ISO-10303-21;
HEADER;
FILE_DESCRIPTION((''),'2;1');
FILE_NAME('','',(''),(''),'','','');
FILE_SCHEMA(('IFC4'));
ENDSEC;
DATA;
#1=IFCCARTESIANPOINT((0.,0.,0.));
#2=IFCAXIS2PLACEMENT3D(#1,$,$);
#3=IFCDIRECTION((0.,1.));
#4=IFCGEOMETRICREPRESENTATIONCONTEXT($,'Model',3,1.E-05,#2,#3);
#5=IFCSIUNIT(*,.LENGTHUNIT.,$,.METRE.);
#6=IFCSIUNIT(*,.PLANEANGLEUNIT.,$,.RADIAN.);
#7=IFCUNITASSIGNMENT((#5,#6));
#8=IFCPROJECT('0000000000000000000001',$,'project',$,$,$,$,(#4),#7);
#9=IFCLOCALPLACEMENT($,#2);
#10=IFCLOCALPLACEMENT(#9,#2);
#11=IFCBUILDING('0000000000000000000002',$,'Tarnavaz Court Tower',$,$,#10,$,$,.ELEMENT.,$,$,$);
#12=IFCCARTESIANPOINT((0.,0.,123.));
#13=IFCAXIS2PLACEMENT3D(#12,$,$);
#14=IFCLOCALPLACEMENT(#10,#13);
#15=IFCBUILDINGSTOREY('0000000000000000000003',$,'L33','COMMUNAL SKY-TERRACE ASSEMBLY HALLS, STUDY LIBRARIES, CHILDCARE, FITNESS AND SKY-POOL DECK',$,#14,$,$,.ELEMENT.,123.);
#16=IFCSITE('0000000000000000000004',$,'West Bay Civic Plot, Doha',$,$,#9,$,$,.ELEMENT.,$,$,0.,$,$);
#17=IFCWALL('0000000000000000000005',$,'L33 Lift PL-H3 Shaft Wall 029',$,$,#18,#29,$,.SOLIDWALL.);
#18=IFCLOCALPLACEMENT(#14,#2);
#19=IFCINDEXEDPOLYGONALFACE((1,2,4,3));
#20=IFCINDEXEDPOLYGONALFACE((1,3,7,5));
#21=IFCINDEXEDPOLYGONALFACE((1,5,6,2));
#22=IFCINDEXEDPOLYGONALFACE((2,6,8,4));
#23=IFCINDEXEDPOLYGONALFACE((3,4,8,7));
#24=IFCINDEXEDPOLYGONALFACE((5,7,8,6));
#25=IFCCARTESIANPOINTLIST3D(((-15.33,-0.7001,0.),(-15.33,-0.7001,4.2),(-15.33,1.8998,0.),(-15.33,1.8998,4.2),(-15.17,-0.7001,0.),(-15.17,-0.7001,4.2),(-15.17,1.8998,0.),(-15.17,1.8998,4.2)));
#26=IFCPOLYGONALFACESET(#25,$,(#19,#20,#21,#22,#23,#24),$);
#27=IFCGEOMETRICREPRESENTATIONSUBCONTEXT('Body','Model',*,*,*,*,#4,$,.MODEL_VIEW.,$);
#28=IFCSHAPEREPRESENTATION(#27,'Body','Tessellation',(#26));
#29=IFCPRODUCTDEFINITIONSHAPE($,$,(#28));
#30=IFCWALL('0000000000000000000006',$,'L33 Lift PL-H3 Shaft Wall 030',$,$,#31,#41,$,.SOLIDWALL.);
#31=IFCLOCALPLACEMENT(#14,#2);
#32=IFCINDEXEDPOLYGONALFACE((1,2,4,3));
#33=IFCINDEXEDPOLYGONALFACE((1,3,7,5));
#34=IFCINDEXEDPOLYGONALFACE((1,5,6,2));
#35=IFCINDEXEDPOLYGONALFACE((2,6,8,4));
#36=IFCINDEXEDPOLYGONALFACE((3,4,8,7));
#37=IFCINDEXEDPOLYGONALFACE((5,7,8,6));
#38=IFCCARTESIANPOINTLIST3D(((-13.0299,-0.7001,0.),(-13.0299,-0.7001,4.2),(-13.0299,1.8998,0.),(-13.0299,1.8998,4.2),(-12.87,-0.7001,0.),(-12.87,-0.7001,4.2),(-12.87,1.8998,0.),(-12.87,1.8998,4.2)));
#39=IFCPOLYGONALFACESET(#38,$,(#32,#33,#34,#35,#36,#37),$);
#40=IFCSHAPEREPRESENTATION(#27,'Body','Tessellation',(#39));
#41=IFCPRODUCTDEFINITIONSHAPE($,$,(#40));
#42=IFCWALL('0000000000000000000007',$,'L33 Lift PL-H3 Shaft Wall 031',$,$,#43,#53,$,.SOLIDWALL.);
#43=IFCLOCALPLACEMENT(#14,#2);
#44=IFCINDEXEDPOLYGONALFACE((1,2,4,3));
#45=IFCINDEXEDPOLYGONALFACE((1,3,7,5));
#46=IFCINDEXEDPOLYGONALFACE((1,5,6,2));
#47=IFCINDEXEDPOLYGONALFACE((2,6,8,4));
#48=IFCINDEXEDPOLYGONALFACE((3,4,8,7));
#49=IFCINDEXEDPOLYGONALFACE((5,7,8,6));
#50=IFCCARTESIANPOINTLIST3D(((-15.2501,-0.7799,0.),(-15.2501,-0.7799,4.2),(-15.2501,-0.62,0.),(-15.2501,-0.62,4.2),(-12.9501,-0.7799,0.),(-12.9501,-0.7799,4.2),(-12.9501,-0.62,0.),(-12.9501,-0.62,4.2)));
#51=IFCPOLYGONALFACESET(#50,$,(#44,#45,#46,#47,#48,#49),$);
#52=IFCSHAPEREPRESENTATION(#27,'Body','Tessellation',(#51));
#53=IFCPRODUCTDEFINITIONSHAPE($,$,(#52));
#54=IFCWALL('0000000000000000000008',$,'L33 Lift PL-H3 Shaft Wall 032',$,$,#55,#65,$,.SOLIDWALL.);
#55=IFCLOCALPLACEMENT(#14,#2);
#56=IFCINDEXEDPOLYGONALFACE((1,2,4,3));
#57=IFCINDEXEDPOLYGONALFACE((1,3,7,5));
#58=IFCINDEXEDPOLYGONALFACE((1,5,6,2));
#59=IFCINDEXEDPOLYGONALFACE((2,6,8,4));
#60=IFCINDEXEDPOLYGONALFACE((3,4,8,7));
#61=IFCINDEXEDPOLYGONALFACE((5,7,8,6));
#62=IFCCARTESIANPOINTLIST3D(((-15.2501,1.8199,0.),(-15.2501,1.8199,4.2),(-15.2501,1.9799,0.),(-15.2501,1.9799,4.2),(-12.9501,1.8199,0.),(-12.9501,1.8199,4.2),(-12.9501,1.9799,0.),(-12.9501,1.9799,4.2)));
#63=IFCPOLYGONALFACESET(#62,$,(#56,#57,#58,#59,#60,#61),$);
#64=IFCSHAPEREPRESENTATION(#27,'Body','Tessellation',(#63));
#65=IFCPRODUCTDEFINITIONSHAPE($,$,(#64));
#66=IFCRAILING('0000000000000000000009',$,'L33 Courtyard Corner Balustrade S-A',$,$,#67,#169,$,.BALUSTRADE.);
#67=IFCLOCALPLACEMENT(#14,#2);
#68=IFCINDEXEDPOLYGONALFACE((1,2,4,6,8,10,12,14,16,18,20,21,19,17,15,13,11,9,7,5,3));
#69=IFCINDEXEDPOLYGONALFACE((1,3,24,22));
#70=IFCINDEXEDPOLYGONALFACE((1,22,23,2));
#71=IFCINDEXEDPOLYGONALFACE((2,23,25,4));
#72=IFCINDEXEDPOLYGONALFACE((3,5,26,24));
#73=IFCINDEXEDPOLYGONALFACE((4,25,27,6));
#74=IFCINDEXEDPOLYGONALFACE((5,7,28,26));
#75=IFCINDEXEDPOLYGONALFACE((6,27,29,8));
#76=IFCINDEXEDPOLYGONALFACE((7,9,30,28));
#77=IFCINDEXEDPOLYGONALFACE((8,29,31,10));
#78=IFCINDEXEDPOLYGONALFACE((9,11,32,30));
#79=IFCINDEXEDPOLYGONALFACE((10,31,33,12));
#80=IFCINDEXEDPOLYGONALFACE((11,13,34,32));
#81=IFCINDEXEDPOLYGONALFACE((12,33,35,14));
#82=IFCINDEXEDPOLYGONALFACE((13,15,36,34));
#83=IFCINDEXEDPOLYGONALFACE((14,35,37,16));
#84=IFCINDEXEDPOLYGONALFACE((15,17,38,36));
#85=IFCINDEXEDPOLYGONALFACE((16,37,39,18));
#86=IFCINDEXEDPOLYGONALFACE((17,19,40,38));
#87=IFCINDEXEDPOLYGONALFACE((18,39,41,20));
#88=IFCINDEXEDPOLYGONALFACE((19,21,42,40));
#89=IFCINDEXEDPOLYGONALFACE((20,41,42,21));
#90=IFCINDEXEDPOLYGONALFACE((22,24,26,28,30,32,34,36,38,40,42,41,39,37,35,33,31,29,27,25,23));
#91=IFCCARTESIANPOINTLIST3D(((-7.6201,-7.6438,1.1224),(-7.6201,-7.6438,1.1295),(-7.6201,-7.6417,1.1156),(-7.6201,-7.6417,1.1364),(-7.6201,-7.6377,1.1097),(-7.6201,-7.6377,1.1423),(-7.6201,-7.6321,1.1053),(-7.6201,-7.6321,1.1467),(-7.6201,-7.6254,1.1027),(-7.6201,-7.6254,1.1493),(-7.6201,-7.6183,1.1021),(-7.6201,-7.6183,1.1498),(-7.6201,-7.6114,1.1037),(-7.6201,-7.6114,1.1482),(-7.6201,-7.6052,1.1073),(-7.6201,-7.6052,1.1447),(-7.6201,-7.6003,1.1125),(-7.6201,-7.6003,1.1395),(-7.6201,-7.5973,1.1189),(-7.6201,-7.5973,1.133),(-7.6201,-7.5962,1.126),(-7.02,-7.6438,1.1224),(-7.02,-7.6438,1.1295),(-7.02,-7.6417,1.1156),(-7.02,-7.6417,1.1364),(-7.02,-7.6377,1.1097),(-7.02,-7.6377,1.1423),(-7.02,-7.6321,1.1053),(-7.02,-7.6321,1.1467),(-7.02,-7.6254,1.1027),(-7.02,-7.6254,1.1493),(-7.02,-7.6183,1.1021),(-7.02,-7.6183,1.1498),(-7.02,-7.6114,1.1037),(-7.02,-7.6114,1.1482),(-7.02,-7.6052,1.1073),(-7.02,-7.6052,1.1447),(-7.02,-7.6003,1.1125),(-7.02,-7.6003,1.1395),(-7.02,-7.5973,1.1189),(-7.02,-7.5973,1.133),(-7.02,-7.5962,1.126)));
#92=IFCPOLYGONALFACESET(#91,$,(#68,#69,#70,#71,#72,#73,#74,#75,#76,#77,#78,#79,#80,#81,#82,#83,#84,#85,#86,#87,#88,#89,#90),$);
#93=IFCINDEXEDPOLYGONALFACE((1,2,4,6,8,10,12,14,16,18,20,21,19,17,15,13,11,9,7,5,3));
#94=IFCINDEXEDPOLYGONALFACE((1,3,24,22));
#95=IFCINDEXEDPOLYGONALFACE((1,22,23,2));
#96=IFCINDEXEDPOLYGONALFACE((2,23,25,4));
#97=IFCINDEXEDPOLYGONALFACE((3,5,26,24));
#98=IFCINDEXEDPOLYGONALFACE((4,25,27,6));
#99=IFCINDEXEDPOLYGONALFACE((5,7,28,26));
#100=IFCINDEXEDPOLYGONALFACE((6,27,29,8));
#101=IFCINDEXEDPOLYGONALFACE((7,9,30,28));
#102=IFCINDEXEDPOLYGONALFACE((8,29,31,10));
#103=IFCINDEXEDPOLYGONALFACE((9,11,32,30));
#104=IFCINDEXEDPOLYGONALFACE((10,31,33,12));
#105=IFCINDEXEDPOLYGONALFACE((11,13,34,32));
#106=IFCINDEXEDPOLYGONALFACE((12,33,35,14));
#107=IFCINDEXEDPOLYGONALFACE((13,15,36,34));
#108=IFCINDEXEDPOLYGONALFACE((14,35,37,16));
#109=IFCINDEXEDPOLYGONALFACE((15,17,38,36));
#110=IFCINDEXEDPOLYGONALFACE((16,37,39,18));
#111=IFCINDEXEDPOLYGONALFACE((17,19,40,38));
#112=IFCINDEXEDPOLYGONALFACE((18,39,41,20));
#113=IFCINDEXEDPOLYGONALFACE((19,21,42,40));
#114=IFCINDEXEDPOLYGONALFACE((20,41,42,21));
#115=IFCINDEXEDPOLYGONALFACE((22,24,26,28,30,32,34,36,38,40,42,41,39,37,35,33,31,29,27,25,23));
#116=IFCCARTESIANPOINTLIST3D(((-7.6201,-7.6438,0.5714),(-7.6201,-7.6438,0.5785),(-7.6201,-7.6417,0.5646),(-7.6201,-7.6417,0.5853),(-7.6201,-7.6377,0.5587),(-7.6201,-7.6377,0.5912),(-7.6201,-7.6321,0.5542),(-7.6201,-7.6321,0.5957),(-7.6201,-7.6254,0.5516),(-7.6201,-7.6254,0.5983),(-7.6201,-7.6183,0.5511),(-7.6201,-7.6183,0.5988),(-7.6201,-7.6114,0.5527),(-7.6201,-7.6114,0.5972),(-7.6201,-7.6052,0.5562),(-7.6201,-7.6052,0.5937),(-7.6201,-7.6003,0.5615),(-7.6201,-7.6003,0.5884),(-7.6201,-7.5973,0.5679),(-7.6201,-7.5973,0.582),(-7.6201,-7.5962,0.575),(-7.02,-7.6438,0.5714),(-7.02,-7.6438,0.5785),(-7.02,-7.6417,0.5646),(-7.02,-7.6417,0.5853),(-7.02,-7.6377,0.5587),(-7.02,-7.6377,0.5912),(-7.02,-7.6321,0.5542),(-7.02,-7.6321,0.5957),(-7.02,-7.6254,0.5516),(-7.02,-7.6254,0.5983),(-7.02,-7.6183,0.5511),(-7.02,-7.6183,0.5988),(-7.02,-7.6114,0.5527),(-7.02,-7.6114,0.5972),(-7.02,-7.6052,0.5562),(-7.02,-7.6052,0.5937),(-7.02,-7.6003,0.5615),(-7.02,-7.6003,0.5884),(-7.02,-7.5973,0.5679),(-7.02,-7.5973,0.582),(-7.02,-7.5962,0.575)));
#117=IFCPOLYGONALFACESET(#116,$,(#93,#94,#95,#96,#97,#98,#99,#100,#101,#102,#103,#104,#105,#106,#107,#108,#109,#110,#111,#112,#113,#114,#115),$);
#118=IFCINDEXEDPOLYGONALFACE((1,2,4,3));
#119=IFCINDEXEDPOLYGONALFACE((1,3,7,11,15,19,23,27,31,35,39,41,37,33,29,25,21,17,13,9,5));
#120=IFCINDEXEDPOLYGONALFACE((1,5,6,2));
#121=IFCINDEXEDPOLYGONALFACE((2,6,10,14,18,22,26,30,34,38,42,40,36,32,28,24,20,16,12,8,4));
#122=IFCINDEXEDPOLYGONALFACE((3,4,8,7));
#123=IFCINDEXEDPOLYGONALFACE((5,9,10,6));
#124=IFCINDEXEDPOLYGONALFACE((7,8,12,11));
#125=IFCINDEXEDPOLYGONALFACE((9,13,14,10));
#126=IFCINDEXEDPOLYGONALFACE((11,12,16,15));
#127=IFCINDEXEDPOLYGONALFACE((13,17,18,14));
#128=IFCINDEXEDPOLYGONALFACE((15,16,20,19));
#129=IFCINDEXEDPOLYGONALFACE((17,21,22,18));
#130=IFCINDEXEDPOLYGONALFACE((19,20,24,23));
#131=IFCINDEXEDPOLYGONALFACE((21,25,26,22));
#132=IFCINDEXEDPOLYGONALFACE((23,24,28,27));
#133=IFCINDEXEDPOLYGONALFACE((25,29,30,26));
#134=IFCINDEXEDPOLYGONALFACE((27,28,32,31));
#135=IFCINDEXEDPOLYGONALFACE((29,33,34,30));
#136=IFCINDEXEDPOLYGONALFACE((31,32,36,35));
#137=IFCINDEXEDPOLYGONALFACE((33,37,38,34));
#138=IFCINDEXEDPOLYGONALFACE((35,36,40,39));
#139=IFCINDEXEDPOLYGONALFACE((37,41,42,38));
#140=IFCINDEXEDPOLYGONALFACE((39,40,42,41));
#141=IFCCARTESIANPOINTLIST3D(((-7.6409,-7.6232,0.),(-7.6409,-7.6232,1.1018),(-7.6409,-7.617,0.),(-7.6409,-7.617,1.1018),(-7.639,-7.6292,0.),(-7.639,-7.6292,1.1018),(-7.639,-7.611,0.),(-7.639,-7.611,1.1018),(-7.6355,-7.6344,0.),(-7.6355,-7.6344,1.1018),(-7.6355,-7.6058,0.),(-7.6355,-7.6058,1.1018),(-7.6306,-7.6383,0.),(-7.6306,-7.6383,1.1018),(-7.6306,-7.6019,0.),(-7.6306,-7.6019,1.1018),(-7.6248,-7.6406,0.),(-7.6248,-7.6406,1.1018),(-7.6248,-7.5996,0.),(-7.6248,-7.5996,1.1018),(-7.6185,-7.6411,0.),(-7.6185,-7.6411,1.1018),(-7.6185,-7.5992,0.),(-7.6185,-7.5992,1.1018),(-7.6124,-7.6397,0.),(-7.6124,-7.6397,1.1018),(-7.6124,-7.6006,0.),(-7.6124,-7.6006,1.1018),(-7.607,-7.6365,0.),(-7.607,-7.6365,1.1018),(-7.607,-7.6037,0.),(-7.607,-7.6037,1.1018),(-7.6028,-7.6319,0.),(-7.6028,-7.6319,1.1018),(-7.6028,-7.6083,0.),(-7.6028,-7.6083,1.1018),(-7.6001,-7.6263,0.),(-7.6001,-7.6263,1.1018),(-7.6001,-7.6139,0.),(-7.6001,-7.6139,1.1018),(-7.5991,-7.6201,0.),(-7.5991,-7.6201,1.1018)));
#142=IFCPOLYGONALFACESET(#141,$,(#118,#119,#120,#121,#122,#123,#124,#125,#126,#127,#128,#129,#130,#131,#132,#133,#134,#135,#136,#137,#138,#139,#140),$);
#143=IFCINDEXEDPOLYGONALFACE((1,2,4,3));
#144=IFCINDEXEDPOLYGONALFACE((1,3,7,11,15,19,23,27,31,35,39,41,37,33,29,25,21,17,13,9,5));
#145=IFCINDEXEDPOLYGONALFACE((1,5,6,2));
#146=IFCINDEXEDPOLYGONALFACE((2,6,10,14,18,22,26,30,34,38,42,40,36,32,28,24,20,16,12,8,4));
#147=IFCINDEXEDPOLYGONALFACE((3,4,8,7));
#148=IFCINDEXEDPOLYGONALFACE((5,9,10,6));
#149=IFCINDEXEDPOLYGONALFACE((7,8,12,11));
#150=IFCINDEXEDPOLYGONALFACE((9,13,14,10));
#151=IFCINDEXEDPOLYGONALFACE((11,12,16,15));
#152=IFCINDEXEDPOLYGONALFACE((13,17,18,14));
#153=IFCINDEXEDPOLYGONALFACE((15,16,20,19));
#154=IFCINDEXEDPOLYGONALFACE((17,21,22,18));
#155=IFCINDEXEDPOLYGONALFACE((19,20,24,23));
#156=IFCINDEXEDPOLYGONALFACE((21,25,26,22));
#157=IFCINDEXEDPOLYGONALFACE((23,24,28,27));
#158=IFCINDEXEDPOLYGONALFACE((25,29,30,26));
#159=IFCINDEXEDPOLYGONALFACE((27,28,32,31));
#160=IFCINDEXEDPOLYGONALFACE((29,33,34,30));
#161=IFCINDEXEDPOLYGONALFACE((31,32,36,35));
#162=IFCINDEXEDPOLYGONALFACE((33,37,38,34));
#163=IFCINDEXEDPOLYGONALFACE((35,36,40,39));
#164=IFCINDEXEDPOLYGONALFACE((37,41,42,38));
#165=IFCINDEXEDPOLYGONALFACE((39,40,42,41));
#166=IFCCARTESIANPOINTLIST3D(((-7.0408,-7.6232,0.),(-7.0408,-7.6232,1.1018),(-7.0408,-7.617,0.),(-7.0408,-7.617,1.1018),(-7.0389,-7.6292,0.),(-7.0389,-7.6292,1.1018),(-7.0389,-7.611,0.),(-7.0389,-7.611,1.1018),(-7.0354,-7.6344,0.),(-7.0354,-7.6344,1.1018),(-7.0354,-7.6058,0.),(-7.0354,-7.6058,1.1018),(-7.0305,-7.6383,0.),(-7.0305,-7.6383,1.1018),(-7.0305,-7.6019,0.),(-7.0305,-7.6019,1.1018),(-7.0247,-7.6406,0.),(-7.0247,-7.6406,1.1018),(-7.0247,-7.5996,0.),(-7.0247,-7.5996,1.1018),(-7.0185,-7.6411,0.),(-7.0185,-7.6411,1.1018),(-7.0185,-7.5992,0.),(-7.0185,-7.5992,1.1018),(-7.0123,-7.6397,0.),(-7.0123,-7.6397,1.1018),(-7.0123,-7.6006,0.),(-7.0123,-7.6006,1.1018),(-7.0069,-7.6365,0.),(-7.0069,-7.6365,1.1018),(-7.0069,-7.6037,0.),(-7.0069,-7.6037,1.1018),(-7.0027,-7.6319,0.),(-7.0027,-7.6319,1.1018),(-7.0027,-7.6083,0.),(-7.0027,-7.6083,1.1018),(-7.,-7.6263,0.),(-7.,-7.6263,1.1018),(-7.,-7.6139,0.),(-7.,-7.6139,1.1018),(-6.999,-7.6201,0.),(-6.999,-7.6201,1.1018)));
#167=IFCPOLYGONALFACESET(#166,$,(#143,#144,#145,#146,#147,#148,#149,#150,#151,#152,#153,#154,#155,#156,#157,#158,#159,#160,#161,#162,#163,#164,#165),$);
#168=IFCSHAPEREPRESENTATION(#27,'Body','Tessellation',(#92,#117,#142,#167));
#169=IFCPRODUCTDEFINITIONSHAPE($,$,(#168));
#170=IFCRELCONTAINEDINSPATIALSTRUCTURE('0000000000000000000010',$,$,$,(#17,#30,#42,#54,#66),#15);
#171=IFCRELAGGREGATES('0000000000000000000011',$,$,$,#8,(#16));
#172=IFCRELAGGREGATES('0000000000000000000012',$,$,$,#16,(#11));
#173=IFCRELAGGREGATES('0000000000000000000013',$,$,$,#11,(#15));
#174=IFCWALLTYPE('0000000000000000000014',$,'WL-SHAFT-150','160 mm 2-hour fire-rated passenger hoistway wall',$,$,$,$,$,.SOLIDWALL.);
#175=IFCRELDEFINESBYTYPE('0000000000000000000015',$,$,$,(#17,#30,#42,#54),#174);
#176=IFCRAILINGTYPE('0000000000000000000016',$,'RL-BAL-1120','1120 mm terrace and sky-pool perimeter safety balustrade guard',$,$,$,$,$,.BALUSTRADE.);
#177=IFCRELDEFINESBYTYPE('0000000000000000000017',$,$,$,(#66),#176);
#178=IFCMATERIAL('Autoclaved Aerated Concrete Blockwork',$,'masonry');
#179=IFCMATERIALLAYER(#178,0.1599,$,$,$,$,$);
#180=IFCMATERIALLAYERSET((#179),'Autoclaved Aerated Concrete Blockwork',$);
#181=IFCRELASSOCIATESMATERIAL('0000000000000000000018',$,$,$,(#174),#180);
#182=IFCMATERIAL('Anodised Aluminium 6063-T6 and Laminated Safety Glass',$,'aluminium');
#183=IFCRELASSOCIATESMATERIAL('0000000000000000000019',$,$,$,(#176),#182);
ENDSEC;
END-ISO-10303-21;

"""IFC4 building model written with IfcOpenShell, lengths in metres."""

from ifc_helpers import new_model, si_unit, direction, frame, frame_2d, origin, origin_2d, place, context, subcontext, project, spatial, rectangle, circle, extrude, material, layer, layer_set, type_object, element, save


model = new_model("IFC4")

# Units and contexts
model_context = context("Model", 3, precision=1e-05, world=origin(), true_north=direction((0.0, 1.0)))
body_context = subcontext(model_context, "Body", "Model", "MODEL_VIEW")
ifc_project = project(units=[si_unit("LENGTHUNIT", "METRE"), si_unit("PLANEANGLEUNIT", "RADIAN")], contexts=[model_context])

# Site, building, storey
site_placement = place(None, origin())
site = spatial("IfcSite", under=ifc_project, at=site_placement, Name="West Bay Civic Plot, Doha", CompositionType="ELEMENT", RefElevation=0.0)
building_placement = place(site_placement, origin())
building = spatial("IfcBuilding", under=site, at=building_placement, Name="Tarnavaz Court Tower", CompositionType="ELEMENT")
storey_placement = place(building_placement, frame((0.0, 0.0, 123.0)))
storey = spatial("IfcBuildingStorey", under=building, at=storey_placement, Name="L33", Description="COMMUNAL SKY-TERRACE ASSEMBLY HALLS, STUDY LIBRARIES, CHILDCARE, FITNESS AND SKY-POOL DECK", CompositionType="ELEMENT", Elevation=123.0)

# Walls
ifc_material_1 = material(Name="Autoclaved Aerated Concrete Blockwork", Category="masonry")
ifc_layer_1 = layer(ifc_material_1, 0.1599)
ifc_layer_set_1 = layer_set([ifc_layer_1], Name="Autoclaved Aerated Concrete Blockwork")
wall_type_1 = type_object("IfcWallType", Name="WL-SHAFT-150", Description="160 mm 2-hour fire-rated passenger hoistway wall", PredefinedType="SOLIDWALL", material=ifc_layer_set_1)
for number, where, z_axis, x_axis, name in (
    (1, (-15.25, -0.7, 0.0), (0.0, 0.0, 1.0), (0.0, 1.0, 0.0), "L33 Lift PL-H3 Shaft Wall 029"),
    (2, (-12.95, -0.7, 0.0), (0.0, 0.0, 1.0), (0.0, 1.0, 0.0), "L33 Lift PL-H3 Shaft Wall 030"),
):
    element("IfcWall", number, at=place(storey_placement, frame(where, z_axis=z_axis, x_axis=x_axis)), inside=storey, type_object=wall_type_1, Name=name, PredefinedType="SOLIDWALL", context=body_context, shape_type="SweptSolid", body=[
        extrude(rectangle(XDim=2.5999, YDim=0.1599, at=frame_2d((1.2998, 0.0))), origin(), (0.0, 0.0, 1.0), 4.2),
    ])
for number, where, z_axis, x_axis, name in (
    (3, (-15.25, -0.7, 0.0), (0.0, 0.0, 1.0), (1.0, 0.0, 0.0), "L33 Lift PL-H3 Shaft Wall 031"),
    (4, (-15.25, 1.8999, 0.0), (0.0, 0.0, 1.0), (1.0, 0.0, 0.0), "L33 Lift PL-H3 Shaft Wall 032"),
):
    element("IfcWall", number, at=place(storey_placement, frame(where, z_axis=z_axis, x_axis=x_axis)), inside=storey, type_object=wall_type_1, Name=name, PredefinedType="SOLIDWALL", context=body_context, shape_type="SweptSolid", body=[
        extrude(rectangle(XDim=2.3, YDim=0.1599, at=frame_2d((1.1499, 0.0))), origin(), (0.0, 0.0, 1.0), 4.2),
    ])

# Railing
ifc_material_2 = material(Name="Anodised Aluminium 6063-T6 and Laminated Safety Glass", Category="aluminium")
railing_type = type_object("IfcRailingType", Name="RL-BAL-1120", Description="1120 mm terrace and sky-pool perimeter safety balustrade guard", PredefinedType="BALUSTRADE", material=ifc_material_2)
railing_placement = place(storey_placement, frame((-7.6201, -7.6201, 0.0)))
element("IfcRailing", 5, at=railing_placement, inside=storey, type_object=railing_type, Name="L33 Courtyard Corner Balustrade S-A", PredefinedType="BALUSTRADE", context=body_context, shape_type="SweptSolid", body=[
    extrude(circle(Radius=0.0239, at=origin_2d()), frame((0.0, 0.0, 1.126), z_axis=(1.0, 0.0, 0.0), x_axis=(0.0, 1.0, 0.0)), (0.0, 0.0, 1.0), 0.6001),
    extrude(circle(Radius=0.0239, at=origin_2d()), frame((0.0, 0.0, 0.575), z_axis=(1.0, 0.0, 0.0), x_axis=(0.0, 1.0, 0.0)), (0.0, 0.0, 1.0), 0.6001),
    extrude(circle(Radius=0.021, at=origin_2d()), origin(), (0.0, 0.0, 1.0), 1.1018),
    extrude(circle(Radius=0.021, at=origin_2d()), frame((0.6001, 0.0, 0.0)), (0.0, 0.0, 1.0), 1.1018),
])

save(model, "model.ifc")
